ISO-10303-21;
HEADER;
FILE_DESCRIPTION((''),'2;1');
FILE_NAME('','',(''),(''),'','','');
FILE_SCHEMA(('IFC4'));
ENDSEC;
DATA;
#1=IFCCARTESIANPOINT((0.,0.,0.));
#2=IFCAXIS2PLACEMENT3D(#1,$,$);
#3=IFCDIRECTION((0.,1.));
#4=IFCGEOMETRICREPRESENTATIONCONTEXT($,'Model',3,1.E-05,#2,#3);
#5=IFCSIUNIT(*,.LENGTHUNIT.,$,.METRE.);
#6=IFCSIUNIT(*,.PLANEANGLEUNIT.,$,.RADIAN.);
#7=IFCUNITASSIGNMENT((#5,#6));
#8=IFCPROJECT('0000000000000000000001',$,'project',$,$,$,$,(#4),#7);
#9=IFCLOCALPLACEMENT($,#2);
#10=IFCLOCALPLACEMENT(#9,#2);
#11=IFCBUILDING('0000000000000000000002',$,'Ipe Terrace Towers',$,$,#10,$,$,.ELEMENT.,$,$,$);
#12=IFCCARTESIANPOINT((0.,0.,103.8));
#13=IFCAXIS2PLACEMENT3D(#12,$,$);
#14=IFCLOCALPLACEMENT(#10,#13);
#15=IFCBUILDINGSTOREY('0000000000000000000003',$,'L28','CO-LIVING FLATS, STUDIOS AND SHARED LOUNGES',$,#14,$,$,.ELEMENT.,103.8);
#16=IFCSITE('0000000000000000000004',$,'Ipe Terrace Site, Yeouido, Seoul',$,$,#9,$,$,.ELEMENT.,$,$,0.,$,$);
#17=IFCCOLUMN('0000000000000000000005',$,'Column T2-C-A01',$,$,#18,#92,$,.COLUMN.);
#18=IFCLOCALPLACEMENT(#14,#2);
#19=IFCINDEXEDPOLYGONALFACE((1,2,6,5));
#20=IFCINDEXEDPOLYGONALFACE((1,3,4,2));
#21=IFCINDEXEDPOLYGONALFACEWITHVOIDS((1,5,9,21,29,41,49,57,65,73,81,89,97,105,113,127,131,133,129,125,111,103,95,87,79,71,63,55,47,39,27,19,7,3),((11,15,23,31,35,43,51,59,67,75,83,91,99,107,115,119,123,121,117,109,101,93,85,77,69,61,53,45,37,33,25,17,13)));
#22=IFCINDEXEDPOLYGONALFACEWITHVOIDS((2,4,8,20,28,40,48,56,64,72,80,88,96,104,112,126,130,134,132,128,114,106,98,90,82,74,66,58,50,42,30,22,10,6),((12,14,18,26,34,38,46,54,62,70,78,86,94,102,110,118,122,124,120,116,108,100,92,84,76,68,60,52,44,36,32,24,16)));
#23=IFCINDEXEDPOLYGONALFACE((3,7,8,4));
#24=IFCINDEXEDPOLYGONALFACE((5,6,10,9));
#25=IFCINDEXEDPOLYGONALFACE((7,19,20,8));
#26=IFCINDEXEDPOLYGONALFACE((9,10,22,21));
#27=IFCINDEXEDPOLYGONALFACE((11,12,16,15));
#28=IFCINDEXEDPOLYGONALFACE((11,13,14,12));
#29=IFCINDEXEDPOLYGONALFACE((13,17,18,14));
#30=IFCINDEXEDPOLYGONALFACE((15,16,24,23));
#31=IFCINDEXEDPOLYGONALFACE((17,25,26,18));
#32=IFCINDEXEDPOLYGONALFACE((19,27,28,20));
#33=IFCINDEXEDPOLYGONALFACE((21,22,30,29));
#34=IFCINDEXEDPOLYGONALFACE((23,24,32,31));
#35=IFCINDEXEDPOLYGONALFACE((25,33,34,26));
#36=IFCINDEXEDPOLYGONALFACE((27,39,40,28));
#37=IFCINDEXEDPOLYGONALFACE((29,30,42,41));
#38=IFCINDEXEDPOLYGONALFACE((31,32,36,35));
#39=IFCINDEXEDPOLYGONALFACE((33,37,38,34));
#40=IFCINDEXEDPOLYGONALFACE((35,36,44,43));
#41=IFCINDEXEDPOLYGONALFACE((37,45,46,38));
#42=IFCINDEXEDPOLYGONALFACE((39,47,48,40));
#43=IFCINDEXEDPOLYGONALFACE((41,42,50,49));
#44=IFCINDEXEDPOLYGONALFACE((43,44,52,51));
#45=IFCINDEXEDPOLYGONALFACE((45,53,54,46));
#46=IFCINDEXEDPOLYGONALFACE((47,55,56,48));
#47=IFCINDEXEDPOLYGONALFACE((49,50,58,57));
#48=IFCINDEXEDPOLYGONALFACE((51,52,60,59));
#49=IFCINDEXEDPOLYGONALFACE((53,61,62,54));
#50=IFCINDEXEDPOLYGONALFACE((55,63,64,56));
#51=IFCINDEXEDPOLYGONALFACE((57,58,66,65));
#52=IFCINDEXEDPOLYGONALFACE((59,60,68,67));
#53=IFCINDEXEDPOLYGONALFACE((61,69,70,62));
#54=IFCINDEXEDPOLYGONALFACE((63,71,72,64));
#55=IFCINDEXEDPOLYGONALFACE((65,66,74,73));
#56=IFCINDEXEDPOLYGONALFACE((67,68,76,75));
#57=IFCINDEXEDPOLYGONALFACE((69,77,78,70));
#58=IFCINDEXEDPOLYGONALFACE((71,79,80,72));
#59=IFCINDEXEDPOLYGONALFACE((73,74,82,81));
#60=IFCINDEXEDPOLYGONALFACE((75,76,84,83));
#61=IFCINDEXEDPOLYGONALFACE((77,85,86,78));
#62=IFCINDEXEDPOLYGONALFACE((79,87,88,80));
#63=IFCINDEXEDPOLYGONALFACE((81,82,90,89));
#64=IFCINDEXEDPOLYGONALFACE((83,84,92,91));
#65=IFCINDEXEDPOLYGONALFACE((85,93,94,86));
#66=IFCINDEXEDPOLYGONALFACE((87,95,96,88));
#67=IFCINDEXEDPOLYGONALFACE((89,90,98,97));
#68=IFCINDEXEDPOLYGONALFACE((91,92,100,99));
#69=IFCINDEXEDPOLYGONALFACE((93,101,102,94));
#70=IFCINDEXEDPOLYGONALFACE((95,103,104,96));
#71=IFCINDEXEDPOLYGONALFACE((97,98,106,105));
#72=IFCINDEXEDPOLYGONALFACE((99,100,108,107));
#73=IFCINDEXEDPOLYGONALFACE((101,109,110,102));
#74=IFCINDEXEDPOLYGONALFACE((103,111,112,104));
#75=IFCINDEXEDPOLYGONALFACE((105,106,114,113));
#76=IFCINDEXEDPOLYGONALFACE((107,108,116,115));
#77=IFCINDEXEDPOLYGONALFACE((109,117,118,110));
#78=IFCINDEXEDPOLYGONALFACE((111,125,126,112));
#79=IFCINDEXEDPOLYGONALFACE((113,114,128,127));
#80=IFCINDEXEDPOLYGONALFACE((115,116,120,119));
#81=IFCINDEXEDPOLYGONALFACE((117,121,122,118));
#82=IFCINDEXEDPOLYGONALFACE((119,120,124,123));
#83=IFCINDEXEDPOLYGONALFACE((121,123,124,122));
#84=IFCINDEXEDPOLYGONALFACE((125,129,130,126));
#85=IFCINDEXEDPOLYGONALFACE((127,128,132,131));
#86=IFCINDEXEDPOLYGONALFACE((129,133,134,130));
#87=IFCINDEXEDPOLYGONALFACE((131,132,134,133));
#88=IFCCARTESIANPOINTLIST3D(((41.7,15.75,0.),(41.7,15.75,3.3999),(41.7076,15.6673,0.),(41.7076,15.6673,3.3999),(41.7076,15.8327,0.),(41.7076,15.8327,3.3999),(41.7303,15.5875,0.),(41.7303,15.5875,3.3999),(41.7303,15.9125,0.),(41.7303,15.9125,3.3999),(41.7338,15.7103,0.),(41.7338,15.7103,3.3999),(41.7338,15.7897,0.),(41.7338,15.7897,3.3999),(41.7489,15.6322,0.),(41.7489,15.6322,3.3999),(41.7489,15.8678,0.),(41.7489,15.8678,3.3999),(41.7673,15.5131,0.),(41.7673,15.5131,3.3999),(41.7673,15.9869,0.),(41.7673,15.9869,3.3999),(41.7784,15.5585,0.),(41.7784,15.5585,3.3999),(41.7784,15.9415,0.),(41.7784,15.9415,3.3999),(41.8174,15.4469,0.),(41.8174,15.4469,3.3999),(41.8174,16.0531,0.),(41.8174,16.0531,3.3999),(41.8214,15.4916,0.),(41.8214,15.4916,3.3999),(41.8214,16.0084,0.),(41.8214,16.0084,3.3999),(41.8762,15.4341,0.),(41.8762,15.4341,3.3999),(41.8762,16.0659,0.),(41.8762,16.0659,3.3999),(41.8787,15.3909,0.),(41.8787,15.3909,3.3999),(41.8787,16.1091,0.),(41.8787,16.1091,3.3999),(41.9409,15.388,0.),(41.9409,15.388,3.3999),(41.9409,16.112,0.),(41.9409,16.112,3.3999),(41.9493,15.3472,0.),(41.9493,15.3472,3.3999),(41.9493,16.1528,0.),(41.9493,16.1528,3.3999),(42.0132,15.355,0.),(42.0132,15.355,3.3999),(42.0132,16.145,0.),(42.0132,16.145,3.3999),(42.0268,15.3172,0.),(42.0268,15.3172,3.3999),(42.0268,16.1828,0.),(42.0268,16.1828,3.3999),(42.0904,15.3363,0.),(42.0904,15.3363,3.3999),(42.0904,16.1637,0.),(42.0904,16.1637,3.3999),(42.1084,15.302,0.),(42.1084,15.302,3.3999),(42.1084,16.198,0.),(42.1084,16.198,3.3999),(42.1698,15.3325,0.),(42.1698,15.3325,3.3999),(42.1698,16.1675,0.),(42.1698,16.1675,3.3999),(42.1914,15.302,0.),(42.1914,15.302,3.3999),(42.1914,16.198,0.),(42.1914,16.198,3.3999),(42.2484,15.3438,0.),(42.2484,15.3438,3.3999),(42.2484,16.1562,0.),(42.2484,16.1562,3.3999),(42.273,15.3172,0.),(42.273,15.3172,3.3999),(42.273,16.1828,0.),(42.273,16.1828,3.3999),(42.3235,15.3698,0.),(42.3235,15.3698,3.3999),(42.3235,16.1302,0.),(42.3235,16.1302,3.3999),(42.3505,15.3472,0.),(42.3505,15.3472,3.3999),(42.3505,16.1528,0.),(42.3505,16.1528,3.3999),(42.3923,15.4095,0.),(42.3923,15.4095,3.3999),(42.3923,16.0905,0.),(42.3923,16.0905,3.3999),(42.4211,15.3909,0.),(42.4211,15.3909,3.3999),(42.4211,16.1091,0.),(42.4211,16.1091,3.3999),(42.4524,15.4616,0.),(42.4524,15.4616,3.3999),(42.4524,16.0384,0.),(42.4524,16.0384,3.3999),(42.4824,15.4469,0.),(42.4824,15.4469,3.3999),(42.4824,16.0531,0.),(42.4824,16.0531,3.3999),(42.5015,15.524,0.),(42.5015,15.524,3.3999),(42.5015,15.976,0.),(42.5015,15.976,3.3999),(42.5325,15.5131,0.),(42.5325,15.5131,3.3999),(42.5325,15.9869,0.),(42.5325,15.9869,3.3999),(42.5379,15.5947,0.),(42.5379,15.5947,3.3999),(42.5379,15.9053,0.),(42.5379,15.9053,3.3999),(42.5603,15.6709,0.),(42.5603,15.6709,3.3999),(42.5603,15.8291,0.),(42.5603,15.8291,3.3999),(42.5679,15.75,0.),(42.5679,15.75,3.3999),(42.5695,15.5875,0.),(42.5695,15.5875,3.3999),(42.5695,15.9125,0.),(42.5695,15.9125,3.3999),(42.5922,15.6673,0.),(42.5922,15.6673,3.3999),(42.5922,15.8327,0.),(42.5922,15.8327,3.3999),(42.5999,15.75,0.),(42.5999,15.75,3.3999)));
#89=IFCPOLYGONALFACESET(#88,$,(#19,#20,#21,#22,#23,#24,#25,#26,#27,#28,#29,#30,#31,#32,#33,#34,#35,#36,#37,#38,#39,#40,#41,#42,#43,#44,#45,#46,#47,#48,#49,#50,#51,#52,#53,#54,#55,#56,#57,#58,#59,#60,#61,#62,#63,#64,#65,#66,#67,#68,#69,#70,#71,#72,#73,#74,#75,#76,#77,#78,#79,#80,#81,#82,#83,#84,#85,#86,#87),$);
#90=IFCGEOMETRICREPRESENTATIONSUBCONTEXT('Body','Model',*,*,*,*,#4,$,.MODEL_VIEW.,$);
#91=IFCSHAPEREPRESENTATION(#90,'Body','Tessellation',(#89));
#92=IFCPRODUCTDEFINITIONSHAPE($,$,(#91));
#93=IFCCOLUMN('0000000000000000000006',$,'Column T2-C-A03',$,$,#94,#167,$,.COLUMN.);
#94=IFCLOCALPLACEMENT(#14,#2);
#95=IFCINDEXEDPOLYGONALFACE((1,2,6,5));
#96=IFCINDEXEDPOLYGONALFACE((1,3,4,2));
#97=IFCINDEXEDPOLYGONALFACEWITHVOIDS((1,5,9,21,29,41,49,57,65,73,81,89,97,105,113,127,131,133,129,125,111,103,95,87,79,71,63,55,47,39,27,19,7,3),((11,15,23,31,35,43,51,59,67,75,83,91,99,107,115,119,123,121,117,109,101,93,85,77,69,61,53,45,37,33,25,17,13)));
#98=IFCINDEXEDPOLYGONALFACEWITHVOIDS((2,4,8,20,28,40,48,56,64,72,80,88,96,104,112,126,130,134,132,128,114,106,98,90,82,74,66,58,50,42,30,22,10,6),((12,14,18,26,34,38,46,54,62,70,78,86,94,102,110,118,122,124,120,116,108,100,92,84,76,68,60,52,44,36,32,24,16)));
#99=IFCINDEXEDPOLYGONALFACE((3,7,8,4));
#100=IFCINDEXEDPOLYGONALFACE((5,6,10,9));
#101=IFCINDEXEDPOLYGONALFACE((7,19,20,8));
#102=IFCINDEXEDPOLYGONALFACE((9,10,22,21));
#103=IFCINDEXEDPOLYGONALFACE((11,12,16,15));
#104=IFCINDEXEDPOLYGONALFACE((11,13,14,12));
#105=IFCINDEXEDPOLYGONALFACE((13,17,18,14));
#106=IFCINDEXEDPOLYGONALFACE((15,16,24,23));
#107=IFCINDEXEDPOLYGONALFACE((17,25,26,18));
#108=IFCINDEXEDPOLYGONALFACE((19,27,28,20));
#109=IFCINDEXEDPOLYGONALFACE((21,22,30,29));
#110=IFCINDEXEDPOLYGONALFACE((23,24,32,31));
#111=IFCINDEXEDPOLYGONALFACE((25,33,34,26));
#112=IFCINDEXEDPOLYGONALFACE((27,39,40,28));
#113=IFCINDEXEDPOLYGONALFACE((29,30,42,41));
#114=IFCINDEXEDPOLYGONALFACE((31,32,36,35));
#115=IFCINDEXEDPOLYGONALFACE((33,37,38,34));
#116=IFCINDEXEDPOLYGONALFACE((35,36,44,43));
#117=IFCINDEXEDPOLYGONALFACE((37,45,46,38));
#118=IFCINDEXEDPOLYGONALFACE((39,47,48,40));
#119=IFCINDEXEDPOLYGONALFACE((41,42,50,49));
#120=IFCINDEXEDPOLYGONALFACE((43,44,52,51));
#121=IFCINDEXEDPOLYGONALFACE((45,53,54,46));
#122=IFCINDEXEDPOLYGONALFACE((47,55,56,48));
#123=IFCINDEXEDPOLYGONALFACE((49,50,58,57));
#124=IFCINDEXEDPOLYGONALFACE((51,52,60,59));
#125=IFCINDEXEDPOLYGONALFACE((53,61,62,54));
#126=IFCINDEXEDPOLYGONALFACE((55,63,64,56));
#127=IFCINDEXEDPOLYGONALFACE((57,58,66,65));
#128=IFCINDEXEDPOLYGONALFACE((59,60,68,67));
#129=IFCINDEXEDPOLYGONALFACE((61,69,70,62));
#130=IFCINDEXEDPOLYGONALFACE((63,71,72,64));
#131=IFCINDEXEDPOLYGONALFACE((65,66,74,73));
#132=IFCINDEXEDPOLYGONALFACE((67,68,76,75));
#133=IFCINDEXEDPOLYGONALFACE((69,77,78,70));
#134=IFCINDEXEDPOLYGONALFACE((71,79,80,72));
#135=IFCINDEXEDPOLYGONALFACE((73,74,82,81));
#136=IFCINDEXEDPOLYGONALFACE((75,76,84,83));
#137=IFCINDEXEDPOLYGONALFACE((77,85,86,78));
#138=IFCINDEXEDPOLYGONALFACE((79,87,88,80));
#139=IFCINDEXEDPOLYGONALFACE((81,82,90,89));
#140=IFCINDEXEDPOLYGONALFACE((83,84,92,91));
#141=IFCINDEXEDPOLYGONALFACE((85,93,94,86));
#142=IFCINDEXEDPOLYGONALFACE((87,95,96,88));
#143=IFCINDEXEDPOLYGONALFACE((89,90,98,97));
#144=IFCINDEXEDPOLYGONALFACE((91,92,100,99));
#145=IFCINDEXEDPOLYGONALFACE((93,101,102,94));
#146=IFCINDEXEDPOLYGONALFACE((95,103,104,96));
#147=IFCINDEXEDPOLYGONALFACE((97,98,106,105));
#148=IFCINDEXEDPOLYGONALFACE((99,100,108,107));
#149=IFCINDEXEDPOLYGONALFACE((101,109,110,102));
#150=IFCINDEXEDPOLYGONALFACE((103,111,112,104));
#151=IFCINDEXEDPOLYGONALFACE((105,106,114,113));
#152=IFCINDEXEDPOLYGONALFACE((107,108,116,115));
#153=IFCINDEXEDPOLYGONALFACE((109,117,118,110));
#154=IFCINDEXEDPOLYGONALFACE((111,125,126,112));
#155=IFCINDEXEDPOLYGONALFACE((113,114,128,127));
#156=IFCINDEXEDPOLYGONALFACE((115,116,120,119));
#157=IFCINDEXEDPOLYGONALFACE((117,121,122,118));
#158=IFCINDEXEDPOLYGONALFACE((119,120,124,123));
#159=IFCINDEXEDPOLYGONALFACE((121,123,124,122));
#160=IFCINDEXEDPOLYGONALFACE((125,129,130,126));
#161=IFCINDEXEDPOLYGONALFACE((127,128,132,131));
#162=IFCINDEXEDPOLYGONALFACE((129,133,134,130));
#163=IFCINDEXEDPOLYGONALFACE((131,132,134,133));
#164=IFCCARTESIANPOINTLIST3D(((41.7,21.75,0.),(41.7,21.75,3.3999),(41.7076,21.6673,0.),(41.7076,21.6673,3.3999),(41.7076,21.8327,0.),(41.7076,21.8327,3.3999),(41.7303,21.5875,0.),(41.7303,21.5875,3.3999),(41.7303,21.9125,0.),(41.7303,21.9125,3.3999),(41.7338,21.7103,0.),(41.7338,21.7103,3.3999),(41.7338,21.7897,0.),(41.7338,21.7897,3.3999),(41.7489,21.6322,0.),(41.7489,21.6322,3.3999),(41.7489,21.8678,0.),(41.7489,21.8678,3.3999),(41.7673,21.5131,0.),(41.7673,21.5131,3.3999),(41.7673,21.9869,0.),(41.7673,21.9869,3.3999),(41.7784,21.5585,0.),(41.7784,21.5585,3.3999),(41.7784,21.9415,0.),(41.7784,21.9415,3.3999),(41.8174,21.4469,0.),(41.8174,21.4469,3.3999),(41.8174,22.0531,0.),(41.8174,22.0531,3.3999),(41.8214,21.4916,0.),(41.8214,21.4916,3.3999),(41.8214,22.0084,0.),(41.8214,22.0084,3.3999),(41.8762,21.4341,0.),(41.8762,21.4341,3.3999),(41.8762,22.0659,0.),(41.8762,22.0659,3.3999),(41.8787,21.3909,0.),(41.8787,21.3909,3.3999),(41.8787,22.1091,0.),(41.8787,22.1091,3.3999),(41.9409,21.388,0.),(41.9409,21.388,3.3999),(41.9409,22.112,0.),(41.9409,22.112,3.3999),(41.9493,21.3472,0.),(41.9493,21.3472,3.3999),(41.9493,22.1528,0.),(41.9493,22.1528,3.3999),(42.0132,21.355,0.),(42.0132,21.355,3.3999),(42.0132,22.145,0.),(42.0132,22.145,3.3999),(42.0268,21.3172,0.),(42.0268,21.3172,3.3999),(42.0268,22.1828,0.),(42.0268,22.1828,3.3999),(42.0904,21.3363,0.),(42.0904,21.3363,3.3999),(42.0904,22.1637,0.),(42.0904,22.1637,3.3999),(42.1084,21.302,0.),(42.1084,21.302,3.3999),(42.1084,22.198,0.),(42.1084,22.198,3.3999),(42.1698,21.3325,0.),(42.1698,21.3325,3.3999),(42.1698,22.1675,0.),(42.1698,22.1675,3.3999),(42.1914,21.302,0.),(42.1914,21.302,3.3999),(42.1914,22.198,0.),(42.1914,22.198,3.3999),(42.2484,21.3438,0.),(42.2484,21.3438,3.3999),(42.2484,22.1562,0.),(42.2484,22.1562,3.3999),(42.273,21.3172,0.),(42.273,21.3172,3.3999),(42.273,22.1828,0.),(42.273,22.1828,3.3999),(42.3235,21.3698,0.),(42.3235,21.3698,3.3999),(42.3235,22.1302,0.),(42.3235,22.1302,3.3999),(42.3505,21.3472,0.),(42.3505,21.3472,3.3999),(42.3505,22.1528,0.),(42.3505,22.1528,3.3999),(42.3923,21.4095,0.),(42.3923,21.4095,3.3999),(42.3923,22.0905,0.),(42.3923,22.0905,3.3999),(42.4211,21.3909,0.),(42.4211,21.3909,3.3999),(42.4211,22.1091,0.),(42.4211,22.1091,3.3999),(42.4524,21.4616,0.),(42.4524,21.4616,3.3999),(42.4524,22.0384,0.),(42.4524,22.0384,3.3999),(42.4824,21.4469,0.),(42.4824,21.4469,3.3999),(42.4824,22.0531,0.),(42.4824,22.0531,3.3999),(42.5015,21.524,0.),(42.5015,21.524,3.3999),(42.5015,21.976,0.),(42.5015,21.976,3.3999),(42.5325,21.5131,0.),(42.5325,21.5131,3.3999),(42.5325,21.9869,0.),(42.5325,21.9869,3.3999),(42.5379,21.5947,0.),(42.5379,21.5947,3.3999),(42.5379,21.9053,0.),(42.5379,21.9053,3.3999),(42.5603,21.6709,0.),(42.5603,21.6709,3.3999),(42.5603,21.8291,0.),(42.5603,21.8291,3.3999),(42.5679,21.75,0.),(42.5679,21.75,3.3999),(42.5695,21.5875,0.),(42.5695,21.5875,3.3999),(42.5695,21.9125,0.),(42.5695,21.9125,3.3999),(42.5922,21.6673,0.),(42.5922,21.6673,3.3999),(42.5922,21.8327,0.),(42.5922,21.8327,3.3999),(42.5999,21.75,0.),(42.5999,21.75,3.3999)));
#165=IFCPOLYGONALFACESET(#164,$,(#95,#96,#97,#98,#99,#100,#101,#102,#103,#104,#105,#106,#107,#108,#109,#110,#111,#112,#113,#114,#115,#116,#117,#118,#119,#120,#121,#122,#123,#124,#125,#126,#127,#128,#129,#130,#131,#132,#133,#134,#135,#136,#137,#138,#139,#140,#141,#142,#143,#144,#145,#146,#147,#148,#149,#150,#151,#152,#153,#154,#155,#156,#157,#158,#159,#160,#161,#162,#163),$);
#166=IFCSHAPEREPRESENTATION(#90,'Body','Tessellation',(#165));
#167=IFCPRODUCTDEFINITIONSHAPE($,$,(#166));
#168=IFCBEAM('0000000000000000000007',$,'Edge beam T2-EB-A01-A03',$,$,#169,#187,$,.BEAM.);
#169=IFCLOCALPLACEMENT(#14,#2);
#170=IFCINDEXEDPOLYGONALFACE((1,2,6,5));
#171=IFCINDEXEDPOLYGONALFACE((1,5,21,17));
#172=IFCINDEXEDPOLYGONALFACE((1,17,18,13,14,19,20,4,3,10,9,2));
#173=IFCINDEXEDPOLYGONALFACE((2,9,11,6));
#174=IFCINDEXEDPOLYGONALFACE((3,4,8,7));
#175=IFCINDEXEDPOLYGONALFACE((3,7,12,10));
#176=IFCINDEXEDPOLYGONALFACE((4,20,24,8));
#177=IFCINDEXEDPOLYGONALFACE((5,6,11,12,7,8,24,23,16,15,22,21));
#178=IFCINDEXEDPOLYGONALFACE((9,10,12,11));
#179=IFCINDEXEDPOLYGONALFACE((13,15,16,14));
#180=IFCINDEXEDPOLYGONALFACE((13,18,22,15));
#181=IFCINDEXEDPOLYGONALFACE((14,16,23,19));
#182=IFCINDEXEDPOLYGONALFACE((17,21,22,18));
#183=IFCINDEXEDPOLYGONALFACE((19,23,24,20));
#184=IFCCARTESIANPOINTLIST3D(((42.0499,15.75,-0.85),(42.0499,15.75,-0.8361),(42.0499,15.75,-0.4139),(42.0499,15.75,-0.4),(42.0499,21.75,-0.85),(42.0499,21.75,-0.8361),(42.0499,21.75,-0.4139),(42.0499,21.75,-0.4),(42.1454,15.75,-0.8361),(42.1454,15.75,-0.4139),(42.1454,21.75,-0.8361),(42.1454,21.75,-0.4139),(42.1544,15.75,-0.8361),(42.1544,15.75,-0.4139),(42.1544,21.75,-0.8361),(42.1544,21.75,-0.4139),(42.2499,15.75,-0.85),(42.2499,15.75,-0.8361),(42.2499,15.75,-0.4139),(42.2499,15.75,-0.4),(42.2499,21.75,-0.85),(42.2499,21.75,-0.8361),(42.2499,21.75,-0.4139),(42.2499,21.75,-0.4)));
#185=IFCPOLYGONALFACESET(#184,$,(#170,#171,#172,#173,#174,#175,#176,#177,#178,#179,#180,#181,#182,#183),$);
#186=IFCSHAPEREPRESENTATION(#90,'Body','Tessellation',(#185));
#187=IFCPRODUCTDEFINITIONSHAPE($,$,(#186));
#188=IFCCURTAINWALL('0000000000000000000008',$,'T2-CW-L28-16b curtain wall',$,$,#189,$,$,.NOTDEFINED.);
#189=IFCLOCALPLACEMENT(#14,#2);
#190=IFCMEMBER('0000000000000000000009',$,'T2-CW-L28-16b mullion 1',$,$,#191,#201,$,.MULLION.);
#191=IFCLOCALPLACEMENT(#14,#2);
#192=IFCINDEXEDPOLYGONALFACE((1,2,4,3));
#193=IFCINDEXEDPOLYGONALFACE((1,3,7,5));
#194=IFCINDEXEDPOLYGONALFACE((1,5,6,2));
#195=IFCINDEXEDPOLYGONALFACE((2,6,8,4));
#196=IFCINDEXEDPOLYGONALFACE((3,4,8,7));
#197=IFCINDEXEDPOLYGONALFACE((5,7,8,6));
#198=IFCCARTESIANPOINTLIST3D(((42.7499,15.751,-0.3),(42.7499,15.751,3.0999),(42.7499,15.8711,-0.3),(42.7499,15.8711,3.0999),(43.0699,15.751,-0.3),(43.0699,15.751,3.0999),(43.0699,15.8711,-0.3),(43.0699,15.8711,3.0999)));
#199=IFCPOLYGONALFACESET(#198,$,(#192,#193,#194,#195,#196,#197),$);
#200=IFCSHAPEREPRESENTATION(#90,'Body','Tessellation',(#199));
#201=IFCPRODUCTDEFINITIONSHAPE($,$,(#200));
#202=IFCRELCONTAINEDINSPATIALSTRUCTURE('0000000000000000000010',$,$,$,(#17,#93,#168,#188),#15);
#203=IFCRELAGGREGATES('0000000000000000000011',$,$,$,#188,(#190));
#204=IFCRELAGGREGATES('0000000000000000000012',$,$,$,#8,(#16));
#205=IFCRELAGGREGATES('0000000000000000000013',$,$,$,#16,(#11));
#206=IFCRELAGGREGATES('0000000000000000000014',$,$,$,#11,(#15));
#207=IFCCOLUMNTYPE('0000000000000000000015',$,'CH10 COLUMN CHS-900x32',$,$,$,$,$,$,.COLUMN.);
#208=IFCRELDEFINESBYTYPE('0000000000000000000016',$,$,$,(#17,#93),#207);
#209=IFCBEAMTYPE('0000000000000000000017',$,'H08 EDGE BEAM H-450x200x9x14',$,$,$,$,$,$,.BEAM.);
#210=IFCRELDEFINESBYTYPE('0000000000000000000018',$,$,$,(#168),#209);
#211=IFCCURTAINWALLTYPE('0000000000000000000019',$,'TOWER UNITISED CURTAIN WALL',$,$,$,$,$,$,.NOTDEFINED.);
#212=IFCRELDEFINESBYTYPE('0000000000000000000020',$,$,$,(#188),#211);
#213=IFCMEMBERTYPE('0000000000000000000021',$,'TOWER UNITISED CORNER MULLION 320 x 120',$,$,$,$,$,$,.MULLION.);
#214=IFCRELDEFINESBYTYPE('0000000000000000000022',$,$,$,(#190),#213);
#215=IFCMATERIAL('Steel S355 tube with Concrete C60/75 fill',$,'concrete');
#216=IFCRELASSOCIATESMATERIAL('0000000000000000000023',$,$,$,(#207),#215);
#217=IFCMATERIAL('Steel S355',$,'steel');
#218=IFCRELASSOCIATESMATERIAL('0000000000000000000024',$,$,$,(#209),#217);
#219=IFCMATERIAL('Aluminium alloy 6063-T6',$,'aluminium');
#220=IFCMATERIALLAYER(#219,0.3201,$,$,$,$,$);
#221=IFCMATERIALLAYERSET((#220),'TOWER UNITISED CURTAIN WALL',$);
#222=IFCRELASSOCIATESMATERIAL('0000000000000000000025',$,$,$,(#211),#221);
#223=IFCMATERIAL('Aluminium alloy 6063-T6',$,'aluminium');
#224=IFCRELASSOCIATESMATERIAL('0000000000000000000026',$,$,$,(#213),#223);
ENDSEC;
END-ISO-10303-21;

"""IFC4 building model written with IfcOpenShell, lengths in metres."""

from ifc_helpers import new_model, si_unit, direction, frame, origin, origin_2d, place, context, subcontext, project, spatial, rectangle, hollow_circle, i_section, extrude, material, layer, layer_set, material_profile, profile_set, type_object, element, aggregate, save


model = new_model("IFC4")

# Units and contexts
model_context = context("Model", 3, precision=1e-05, world=origin(), true_north=direction((0.0, 1.0)))
body_context = subcontext(model_context, "Body", "Model", "MODEL_VIEW")
ifc_project = project(units=[si_unit("LENGTHUNIT", "METRE"), si_unit("PLANEANGLEUNIT", "RADIAN")], contexts=[model_context])

# Site, building, storey
site_placement = place(None, origin())
site = spatial("IfcSite", under=ifc_project, at=site_placement, Name="Ipe Terrace Site, Yeouido, Seoul", CompositionType="ELEMENT", RefElevation=0.0)
building_placement = place(site_placement, origin())
building = spatial("IfcBuilding", under=site, at=building_placement, Name="Ipe Terrace Towers", CompositionType="ELEMENT")
storey_placement = place(building_placement, frame((0.0, 0.0, 103.8)))
storey = spatial("IfcBuildingStorey", under=building, at=storey_placement, Name="L28", Description="CO-LIVING FLATS, STUDIOS AND SHARED LOUNGES", CompositionType="ELEMENT", Elevation=103.8)

# Columns
ifc_material_1 = material(Name="Steel S355 tube with Concrete C60/75 fill", Category="concrete")
ifc_material_profile_1 = material_profile(ifc_material_1, hollow_circle(Radius=0.45, WallThickness=0.032, at=origin_2d()), Name="CHS-900x32")
ifc_profile_set_1 = profile_set([ifc_material_profile_1], Name="Steel S355 tube with Concrete C60/75 fill")
column_type = type_object("IfcColumnType", Name="CH10 COLUMN CHS-900x32", PredefinedType="COLUMN", material=ifc_profile_set_1)
for number, where, z_axis, x_axis, name in (
    (1, (42.1499, 15.75, 0.0), (0.0, 0.0, 1.0), (1.0, 0.0, 0.0), "Column T2-C-A01"),
    (2, (42.1499, 21.75, 0.0), (0.0, 0.0, 1.0), (1.0, 0.0, 0.0), "Column T2-C-A03"),
):
    element("IfcColumn", number, at=place(storey_placement, frame(where, z_axis=z_axis, x_axis=x_axis)), inside=storey, type_object=column_type, Name=name, PredefinedType="COLUMN", context=body_context, shape_type="SweptSolid", body=[
        extrude(hollow_circle(Radius=0.45, WallThickness=0.032, at=origin_2d()), origin(), (0.0, 0.0, 1.0), 3.3999),
    ])

# Beam
ifc_material_2 = material(Name="Steel S355", Category="steel")
ifc_material_profile_2 = material_profile(ifc_material_2, i_section(OverallWidth=0.2, OverallDepth=0.45, WebThickness=0.009, FlangeThickness=0.0139, at=origin_2d()), Name="H-450x200x9x14")
ifc_profile_set_2 = profile_set([ifc_material_profile_2], Name="Steel S355")
beam_type = type_object("IfcBeamType", Name="H08 EDGE BEAM H-450x200x9x14", PredefinedType="BEAM", material=ifc_profile_set_2)
beam_placement = place(storey_placement, frame((42.1499, 15.75, -0.625), z_axis=(0.0, 1.0, 0.0), x_axis=(-1.0, 0.0, 0.0)))
element("IfcBeam", 3, at=beam_placement, inside=storey, type_object=beam_type, Name="Edge beam T2-EB-A01-A03", PredefinedType="BEAM", context=body_context, shape_type="SweptSolid", body=[
    extrude(i_section(OverallWidth=0.2, OverallDepth=0.45, WebThickness=0.009, FlangeThickness=0.0139, at=origin_2d()), origin(), (0.0, 0.0, 1.0), 6.0),
])

# Curtain wall, member
ifc_material_3 = material(Name="Aluminium alloy 6063-T6", Category="aluminium")
ifc_layer_1 = layer(ifc_material_3, 0.3201)
ifc_layer_set_1 = layer_set([ifc_layer_1], Name="TOWER UNITISED CURTAIN WALL")
curtain_wall_type = type_object("IfcCurtainWallType", Name="TOWER UNITISED CURTAIN WALL", PredefinedType="NOTDEFINED", material=ifc_layer_set_1)
curtain_wall_1_placement = place(storey_placement, origin())
curtain_wall_1 = element("IfcCurtainWall", 4, at=curtain_wall_1_placement, inside=storey, type_object=curtain_wall_type, Name="T2-CW-L28-16b curtain wall", PredefinedType="NOTDEFINED")
ifc_material_4 = material(Name="Aluminium alloy 6063-T6", Category="aluminium")
ifc_material_profile_3 = material_profile(ifc_material_4, rectangle(XDim=0.3201, YDim=0.1201, at=origin_2d()), Name="TOWER UNITISED CORNER MULLION 320 x 120")
ifc_profile_set_3 = profile_set([ifc_material_profile_3], Name="Aluminium alloy 6063-T6")
member_type_1 = type_object("IfcMemberType", Name="TOWER UNITISED CORNER MULLION 320 x 120", PredefinedType="MULLION", material=ifc_profile_set_3)
member_1_placement = place(storey_placement, frame((42.9099, 15.811, -0.3), z_axis=(0.0, 0.0, 1.0), x_axis=(1.0, 0.0, 0.0)))
member_1 = element("IfcMember", 5, at=member_1_placement, type_object=member_type_1, Name="T2-CW-L28-16b mullion 1", PredefinedType="MULLION", context=body_context, shape_type="SweptSolid", body=[
    extrude(rectangle(XDim=0.3201, YDim=0.1201, at=origin_2d()), origin(), (0.0, 0.0, 1.0), 3.3999),
])

aggregate(curtain_wall_1, [member_1])

save(model, "model.ifc")
